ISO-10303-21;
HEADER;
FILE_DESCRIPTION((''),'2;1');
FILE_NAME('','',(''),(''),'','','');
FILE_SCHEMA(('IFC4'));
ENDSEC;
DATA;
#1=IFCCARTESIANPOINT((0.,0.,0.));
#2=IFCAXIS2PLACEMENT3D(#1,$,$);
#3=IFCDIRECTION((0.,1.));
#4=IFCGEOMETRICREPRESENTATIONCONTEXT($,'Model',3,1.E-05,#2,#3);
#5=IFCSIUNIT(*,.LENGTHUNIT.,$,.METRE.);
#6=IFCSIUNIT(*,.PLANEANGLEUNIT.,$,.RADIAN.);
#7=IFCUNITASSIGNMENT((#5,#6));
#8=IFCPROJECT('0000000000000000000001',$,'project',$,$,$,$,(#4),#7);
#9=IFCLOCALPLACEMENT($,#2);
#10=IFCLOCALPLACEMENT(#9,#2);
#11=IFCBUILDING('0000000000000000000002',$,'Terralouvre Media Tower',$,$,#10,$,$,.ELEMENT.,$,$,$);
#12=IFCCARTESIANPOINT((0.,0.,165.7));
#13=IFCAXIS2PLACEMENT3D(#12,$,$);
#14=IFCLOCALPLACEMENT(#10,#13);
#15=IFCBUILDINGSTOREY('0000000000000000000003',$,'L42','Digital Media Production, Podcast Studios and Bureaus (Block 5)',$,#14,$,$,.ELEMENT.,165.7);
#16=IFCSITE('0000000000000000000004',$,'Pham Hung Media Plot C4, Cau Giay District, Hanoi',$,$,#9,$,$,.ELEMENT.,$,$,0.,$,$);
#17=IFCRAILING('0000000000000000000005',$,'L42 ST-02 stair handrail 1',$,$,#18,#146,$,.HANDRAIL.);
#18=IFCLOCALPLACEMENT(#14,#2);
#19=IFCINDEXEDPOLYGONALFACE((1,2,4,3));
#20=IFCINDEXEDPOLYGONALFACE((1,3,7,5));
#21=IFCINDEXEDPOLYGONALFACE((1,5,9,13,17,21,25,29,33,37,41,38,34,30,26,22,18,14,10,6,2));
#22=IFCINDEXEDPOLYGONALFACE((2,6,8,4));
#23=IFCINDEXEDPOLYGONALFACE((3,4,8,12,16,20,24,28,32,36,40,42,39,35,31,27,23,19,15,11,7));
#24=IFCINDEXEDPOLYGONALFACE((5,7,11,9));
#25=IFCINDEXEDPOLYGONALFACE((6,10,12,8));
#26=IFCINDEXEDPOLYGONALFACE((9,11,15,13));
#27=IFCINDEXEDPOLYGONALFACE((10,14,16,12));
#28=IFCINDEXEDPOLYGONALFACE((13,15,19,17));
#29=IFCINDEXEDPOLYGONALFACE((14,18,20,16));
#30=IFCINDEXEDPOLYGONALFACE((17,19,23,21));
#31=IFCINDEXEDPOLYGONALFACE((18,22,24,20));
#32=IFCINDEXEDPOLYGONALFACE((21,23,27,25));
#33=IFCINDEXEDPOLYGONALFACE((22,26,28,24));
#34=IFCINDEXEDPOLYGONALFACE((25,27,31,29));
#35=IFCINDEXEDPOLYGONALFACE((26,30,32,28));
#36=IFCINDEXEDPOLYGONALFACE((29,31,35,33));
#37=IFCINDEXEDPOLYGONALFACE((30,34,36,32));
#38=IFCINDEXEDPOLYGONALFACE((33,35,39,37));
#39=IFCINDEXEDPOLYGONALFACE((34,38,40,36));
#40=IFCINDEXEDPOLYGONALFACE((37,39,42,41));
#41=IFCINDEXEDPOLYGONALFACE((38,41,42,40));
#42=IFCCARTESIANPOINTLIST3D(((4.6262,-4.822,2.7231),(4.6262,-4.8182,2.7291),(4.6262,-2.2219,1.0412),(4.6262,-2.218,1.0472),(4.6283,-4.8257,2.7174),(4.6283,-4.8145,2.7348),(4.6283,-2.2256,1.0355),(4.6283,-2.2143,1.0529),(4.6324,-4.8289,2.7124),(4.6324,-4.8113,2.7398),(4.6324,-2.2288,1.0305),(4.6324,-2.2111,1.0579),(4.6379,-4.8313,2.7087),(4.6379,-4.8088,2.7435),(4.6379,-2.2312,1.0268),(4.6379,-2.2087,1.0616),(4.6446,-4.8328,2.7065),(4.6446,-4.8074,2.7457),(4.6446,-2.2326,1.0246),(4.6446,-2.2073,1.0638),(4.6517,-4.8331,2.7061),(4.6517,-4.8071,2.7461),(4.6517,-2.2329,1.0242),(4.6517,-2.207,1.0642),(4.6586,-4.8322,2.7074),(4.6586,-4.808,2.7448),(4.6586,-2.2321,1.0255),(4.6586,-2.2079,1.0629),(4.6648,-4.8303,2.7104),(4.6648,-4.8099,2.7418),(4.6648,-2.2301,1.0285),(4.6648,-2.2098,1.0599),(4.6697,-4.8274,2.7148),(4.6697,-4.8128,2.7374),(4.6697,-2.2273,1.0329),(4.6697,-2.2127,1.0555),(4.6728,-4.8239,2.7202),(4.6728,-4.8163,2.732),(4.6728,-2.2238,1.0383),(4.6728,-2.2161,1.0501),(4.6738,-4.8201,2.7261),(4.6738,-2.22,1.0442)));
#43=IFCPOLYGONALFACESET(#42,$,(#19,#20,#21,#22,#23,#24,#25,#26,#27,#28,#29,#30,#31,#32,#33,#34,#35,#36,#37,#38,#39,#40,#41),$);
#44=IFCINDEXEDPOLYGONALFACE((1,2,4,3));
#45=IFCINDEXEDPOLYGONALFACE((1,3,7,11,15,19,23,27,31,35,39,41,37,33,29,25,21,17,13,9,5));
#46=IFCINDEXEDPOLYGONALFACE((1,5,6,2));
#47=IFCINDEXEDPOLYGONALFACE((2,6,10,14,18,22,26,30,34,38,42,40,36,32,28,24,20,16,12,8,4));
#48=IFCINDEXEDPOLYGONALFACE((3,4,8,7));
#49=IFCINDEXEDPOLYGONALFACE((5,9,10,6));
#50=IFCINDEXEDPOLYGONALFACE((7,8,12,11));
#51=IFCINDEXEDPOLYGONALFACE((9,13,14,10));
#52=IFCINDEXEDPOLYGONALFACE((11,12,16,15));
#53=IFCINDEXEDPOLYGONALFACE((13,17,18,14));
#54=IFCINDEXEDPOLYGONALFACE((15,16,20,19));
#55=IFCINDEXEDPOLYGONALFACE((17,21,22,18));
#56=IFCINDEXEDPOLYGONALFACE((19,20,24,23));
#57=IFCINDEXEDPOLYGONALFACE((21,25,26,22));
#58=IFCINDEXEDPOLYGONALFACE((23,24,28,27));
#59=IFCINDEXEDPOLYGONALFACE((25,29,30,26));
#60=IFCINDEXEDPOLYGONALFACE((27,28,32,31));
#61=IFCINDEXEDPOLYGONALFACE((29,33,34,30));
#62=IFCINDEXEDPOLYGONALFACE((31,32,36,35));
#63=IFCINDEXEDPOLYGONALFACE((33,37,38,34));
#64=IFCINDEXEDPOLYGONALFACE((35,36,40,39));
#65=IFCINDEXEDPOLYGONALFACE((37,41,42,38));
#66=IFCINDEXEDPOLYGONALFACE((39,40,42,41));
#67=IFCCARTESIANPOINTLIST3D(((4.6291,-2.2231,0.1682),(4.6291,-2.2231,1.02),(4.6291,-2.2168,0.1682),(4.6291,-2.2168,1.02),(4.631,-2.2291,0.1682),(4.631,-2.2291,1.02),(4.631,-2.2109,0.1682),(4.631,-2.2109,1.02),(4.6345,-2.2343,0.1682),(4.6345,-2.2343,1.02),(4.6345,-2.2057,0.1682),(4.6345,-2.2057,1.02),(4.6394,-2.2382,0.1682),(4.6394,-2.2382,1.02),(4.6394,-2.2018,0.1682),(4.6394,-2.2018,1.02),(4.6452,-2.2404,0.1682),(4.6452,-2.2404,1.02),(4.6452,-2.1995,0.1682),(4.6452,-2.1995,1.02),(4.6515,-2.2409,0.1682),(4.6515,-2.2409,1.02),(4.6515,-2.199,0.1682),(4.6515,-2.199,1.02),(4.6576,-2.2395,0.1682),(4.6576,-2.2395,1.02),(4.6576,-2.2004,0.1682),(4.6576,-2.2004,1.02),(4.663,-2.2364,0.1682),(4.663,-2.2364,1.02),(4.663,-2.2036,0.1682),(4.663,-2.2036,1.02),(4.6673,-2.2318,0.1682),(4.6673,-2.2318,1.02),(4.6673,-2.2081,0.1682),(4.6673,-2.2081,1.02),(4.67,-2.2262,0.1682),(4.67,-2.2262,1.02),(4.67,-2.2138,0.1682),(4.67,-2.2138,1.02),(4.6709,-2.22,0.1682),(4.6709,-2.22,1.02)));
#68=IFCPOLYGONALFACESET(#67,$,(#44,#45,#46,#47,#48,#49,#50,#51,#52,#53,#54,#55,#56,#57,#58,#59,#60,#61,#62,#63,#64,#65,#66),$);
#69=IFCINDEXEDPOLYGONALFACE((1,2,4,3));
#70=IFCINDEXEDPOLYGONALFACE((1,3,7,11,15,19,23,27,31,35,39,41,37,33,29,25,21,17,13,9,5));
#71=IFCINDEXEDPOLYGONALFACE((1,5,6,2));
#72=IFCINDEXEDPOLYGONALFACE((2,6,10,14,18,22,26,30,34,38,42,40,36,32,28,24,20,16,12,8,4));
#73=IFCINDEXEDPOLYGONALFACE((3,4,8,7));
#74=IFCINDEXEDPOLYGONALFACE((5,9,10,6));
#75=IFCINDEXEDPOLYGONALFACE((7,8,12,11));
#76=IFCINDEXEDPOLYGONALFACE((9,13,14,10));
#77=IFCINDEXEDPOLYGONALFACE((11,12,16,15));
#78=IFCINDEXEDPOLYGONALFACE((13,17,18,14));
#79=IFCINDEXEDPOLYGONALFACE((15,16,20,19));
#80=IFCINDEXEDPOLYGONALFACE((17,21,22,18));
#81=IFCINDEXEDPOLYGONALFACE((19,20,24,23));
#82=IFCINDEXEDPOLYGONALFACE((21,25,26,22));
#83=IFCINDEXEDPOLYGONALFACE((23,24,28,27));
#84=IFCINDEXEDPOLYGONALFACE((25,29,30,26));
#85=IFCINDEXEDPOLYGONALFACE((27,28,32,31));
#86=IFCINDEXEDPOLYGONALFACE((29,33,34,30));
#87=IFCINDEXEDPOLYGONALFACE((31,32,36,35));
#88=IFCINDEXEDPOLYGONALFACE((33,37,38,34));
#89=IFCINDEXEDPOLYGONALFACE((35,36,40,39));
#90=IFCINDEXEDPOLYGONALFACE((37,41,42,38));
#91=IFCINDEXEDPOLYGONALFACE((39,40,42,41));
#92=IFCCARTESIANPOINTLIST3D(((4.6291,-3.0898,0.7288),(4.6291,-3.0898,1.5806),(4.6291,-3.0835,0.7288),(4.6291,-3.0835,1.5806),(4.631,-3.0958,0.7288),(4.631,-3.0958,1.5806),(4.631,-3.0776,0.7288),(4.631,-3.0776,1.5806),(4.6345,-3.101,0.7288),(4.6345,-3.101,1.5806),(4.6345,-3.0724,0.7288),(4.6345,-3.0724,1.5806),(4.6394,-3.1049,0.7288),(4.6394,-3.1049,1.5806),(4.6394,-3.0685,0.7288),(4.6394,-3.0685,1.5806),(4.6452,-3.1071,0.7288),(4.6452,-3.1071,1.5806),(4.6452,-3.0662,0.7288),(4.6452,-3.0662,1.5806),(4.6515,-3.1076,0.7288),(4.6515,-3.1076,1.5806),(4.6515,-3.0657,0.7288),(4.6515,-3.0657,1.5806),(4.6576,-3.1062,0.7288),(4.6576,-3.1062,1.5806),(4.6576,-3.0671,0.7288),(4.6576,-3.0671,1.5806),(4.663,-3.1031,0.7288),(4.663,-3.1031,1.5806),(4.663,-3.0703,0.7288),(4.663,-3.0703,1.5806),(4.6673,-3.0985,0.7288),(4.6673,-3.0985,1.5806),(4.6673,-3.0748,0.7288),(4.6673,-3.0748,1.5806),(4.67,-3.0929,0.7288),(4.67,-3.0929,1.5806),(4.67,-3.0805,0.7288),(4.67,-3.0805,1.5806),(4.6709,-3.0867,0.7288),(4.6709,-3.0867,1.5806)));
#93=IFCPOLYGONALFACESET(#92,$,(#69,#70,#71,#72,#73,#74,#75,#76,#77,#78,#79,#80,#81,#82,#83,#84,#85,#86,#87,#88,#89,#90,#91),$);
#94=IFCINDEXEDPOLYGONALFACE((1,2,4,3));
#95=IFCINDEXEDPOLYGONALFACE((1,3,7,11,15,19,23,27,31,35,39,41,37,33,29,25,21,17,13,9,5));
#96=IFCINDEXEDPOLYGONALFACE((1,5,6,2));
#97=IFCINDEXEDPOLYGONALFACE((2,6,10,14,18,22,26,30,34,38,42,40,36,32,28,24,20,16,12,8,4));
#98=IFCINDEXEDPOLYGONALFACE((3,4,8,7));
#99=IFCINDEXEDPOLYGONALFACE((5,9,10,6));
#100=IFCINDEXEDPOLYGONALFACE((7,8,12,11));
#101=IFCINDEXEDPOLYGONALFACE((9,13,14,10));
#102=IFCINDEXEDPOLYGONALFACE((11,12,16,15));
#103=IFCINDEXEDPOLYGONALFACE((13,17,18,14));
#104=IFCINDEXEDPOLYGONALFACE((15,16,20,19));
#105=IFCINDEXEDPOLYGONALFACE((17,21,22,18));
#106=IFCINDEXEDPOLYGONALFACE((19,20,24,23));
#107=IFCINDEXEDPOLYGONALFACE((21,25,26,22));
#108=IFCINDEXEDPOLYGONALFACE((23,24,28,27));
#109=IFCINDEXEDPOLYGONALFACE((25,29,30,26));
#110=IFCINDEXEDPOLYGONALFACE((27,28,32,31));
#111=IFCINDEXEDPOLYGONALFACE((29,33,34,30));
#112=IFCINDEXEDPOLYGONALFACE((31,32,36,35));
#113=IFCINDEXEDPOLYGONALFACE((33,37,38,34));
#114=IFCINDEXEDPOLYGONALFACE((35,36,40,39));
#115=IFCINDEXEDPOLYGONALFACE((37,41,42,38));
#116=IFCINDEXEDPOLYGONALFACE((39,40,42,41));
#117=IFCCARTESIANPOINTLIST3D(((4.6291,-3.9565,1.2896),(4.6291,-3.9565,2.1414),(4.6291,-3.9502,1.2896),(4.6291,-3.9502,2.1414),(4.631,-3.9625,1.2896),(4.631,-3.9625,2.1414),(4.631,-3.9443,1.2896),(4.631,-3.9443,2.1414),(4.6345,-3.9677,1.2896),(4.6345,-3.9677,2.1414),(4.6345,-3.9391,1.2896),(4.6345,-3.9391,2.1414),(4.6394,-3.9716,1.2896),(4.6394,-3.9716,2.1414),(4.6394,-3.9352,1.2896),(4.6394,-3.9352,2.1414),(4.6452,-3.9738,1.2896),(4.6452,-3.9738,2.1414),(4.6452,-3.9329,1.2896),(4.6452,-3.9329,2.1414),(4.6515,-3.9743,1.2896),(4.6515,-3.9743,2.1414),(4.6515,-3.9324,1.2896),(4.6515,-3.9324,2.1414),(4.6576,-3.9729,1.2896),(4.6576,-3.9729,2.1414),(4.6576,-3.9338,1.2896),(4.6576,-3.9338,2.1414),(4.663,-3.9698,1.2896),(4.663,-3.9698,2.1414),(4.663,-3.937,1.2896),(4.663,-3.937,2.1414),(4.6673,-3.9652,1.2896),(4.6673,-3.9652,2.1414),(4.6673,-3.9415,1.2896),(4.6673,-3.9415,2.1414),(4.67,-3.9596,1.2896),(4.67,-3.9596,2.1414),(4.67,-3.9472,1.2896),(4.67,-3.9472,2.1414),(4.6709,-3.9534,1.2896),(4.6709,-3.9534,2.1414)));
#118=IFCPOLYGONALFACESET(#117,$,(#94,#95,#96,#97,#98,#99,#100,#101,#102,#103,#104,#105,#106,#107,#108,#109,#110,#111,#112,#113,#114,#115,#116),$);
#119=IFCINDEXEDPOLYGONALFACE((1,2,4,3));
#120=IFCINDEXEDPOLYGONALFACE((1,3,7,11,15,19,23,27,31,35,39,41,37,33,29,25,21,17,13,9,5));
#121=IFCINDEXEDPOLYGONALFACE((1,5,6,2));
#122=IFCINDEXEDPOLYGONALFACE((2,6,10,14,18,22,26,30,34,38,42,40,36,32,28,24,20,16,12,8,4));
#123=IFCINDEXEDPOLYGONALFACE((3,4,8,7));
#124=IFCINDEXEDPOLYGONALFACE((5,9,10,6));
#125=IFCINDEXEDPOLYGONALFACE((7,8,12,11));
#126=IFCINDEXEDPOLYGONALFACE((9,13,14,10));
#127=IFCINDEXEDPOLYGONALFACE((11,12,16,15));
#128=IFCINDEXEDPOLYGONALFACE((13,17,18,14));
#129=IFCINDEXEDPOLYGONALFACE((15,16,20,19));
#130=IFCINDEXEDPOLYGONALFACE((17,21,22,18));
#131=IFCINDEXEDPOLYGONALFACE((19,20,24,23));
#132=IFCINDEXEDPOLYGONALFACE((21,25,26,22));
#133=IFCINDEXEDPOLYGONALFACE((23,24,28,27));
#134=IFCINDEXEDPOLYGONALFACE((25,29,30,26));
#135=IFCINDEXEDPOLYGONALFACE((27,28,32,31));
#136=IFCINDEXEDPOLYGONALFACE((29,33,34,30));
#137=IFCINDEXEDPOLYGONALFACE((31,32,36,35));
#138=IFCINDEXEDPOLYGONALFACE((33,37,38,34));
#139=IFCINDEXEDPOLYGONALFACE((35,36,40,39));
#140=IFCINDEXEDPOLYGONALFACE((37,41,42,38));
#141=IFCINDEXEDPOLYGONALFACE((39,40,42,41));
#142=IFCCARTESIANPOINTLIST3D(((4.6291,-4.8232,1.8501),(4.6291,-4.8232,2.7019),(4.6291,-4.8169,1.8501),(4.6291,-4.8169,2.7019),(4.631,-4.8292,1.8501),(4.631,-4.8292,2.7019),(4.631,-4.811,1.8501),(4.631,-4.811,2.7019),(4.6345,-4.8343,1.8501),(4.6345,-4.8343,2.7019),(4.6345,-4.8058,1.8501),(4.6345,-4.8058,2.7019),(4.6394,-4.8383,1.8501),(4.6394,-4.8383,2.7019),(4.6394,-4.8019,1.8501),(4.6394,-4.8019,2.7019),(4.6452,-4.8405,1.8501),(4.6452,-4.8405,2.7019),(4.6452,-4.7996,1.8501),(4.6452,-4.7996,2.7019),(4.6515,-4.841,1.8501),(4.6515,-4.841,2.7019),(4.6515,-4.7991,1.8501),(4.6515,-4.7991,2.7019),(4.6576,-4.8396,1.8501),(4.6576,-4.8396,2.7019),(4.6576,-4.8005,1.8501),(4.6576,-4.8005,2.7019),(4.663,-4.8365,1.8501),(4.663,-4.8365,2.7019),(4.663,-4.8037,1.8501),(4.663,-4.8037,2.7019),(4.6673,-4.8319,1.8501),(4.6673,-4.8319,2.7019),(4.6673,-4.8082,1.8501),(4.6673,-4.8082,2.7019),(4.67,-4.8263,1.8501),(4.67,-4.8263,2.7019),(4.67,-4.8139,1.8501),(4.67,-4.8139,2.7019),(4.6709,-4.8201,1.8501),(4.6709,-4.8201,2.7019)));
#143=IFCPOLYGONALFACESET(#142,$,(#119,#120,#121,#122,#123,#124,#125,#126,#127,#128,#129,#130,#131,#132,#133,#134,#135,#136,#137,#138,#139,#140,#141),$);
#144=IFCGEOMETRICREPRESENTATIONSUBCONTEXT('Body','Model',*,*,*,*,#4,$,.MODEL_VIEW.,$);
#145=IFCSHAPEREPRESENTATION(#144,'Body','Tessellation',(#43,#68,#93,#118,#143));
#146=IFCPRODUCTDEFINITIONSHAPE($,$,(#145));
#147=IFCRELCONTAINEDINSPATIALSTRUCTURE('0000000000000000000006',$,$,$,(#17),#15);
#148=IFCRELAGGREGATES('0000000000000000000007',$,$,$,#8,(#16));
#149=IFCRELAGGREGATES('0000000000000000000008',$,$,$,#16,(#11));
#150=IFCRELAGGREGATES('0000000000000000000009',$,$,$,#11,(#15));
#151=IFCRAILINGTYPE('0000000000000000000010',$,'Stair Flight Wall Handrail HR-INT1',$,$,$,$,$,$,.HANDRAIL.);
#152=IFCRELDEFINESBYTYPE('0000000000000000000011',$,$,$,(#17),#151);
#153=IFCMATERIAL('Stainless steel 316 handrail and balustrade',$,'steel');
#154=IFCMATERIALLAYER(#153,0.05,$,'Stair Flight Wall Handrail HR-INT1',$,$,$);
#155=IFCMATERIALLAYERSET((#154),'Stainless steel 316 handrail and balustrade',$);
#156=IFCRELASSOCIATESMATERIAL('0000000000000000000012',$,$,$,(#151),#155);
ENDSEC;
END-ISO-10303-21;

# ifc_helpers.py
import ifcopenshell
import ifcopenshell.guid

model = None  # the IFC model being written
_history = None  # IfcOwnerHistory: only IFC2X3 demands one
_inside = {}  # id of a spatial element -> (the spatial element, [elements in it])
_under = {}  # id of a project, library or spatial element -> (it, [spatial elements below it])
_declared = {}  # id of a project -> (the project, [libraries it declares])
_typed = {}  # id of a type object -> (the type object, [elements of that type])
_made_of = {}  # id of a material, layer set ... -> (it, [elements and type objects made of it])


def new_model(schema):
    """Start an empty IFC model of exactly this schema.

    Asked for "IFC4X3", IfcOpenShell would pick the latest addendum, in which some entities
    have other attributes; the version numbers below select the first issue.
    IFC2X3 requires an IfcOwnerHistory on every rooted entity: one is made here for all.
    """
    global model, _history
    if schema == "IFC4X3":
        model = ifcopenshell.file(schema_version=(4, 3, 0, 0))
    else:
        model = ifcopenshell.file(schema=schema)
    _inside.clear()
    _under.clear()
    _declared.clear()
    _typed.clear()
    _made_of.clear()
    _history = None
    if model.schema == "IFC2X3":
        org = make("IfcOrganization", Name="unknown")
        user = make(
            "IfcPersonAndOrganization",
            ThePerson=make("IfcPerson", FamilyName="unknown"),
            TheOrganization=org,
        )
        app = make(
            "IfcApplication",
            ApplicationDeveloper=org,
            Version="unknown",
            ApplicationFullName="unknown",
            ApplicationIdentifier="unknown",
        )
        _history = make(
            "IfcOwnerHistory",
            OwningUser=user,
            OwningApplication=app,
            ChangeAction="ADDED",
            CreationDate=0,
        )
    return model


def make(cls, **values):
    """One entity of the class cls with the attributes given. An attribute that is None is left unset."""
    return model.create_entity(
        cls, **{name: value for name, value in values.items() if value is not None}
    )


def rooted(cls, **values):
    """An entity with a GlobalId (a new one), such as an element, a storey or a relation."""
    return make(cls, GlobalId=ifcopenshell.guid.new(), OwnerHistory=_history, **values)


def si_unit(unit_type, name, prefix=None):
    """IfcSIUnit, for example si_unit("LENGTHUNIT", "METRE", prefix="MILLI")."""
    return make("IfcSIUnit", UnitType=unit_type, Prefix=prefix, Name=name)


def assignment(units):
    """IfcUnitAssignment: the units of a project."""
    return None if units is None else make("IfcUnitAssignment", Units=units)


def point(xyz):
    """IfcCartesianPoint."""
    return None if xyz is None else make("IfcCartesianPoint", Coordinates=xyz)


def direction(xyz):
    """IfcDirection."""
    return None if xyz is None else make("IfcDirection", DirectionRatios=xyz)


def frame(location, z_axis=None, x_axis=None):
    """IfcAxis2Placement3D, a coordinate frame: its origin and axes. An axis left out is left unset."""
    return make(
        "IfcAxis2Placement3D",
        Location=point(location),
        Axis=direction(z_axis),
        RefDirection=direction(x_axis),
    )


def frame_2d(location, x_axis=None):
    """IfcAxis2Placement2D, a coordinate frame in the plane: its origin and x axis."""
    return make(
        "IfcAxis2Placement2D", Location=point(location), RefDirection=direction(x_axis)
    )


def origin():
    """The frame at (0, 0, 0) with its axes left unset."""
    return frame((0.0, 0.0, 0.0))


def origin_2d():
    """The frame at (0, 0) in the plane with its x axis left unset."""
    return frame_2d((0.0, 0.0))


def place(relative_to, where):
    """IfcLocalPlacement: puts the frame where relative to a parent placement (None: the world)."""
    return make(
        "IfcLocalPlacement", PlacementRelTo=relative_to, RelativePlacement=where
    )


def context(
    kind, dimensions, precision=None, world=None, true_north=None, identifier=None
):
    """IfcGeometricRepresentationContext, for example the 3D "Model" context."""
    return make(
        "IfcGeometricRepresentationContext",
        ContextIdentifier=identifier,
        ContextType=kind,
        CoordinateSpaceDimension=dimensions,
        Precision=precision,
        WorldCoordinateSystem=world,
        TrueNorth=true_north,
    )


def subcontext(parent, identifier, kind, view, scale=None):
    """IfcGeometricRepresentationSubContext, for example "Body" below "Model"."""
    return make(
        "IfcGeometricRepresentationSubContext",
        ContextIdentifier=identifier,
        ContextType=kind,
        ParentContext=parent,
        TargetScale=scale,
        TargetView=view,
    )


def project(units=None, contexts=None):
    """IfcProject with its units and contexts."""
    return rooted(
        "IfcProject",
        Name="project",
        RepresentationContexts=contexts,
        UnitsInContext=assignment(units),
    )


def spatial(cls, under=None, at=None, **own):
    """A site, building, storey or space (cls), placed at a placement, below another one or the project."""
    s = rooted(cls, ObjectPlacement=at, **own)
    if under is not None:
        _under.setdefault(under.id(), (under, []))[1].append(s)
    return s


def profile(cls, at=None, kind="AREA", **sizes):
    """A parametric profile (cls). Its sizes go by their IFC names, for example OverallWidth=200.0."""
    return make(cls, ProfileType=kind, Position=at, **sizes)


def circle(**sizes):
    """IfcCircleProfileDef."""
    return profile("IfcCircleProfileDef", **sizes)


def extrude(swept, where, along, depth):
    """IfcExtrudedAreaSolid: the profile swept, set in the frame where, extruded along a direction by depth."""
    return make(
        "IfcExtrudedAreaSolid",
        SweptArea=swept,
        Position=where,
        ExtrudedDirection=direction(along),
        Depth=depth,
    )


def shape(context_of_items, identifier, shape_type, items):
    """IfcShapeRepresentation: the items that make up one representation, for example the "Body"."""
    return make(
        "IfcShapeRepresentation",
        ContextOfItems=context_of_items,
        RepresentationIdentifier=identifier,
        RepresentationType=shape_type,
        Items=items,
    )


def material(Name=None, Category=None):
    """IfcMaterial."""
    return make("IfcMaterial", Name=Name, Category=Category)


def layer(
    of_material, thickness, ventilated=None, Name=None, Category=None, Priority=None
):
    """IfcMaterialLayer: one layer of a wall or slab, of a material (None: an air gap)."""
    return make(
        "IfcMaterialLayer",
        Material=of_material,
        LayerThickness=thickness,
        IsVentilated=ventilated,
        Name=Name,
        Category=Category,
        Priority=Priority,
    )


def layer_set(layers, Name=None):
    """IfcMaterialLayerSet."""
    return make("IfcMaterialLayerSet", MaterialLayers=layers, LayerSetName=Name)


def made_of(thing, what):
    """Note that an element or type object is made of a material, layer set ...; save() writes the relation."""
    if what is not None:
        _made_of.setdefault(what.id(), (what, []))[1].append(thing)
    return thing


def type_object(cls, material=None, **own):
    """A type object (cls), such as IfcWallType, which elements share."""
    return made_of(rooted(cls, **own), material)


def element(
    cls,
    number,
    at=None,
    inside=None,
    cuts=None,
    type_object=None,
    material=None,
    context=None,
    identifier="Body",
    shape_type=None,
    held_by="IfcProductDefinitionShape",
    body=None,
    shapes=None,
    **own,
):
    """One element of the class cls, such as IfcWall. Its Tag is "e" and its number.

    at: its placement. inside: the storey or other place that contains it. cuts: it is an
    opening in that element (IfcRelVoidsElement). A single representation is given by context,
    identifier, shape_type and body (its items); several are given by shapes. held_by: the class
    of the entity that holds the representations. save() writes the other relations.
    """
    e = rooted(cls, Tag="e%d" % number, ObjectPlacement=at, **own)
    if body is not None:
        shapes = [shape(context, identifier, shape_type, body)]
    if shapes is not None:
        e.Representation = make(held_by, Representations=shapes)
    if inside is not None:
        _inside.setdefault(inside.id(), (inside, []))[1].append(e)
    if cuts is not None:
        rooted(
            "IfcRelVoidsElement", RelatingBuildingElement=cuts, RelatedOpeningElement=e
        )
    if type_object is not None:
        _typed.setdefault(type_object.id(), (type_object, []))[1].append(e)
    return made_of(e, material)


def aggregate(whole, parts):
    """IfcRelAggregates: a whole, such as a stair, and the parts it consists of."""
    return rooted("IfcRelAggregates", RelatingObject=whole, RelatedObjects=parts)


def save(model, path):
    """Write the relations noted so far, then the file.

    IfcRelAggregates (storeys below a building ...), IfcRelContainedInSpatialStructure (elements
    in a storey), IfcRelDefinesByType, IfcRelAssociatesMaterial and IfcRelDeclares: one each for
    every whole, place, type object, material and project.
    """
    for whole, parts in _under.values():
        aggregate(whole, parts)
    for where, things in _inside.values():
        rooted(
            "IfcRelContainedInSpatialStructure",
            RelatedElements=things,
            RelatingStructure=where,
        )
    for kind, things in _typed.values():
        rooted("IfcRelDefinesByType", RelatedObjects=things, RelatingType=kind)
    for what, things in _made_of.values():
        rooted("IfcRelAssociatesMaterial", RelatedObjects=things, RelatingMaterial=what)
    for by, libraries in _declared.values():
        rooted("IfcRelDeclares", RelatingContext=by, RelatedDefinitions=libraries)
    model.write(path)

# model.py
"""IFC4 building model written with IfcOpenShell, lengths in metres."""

from ifc_helpers import new_model, si_unit, direction, frame, origin, origin_2d, place, context, subcontext, project, spatial, circle, extrude, material, layer, layer_set, type_object, element, save


model = new_model("IFC4")

# Units and contexts
model_context = context("Model", 3, precision=1e-05, world=origin(), true_north=direction((0.0, 1.0)))
body_context = subcontext(model_context, "Body", "Model", "MODEL_VIEW")
ifc_project = project(units=[si_unit("LENGTHUNIT", "METRE"), si_unit("PLANEANGLEUNIT", "RADIAN")], contexts=[model_context])

# Site, building, storey
site_placement = place(None, origin())
site = spatial("IfcSite", under=ifc_project, at=site_placement, Name="Pham Hung Media Plot C4, Cau Giay District, Hanoi", CompositionType="ELEMENT", RefElevation=0.0)
building_placement = place(site_placement, origin())
building = spatial("IfcBuilding", under=site, at=building_placement, Name="Terralouvre Media Tower", CompositionType="ELEMENT")
storey_placement = place(building_placement, frame((0.0, 0.0, 165.7)))
storey = spatial("IfcBuildingStorey", under=building, at=storey_placement, Name="L42", Description="Digital Media Production, Podcast Studios and Bureaus (Block 5)", CompositionType="ELEMENT", Elevation=165.7)

# Railing
ifc_material_1 = material(Name="Stainless steel 316 handrail and balustrade", Category="steel")
ifc_layer_1 = layer(ifc_material_1, 0.05, Name="Stair Flight Wall Handrail HR-INT1")
ifc_layer_set_1 = layer_set([ifc_layer_1], Name="Stainless steel 316 handrail and balustrade")
railing_type_1 = type_object("IfcRailingType", Name="Stair Flight Wall Handrail HR-INT1", PredefinedType="HANDRAIL", material=ifc_layer_set_1)
railing_1_placement = place(storey_placement, frame((4.6499, -2.22, 0.1682)))
element("IfcRailing", 1, at=railing_1_placement, inside=storey, type_object=railing_type_1, Name="L42 ST-02 stair handrail 1", PredefinedType="HANDRAIL", context=body_context, shape_type="SweptSolid", body=[
    extrude(circle(Radius=0.0239, at=origin_2d()), frame((0.0, 0.0, 0.876), z_axis=(0.0, -0.839648, 0.54313), x_axis=(1.0, 0.0, 0.0)), (0.0, 0.0, 1.0), 3.0967),
    extrude(circle(Radius=0.021, at=origin_2d()), origin(), (0.0, 0.0, 1.0), 0.8518),
    extrude(circle(Radius=0.021, at=origin_2d()), frame((0.0, -0.8667, 0.5605)), (0.0, 0.0, 1.0), 0.8518),
    extrude(circle(Radius=0.021, at=origin_2d()), frame((0.0, -1.7334, 1.1213)), (0.0, 0.0, 1.0), 0.8518),
    extrude(circle(Radius=0.021, at=origin_2d()), frame((0.0, -2.6001, 1.6819)), (0.0, 0.0, 1.0), 0.8518),
])

save(model, "model.ifc")
